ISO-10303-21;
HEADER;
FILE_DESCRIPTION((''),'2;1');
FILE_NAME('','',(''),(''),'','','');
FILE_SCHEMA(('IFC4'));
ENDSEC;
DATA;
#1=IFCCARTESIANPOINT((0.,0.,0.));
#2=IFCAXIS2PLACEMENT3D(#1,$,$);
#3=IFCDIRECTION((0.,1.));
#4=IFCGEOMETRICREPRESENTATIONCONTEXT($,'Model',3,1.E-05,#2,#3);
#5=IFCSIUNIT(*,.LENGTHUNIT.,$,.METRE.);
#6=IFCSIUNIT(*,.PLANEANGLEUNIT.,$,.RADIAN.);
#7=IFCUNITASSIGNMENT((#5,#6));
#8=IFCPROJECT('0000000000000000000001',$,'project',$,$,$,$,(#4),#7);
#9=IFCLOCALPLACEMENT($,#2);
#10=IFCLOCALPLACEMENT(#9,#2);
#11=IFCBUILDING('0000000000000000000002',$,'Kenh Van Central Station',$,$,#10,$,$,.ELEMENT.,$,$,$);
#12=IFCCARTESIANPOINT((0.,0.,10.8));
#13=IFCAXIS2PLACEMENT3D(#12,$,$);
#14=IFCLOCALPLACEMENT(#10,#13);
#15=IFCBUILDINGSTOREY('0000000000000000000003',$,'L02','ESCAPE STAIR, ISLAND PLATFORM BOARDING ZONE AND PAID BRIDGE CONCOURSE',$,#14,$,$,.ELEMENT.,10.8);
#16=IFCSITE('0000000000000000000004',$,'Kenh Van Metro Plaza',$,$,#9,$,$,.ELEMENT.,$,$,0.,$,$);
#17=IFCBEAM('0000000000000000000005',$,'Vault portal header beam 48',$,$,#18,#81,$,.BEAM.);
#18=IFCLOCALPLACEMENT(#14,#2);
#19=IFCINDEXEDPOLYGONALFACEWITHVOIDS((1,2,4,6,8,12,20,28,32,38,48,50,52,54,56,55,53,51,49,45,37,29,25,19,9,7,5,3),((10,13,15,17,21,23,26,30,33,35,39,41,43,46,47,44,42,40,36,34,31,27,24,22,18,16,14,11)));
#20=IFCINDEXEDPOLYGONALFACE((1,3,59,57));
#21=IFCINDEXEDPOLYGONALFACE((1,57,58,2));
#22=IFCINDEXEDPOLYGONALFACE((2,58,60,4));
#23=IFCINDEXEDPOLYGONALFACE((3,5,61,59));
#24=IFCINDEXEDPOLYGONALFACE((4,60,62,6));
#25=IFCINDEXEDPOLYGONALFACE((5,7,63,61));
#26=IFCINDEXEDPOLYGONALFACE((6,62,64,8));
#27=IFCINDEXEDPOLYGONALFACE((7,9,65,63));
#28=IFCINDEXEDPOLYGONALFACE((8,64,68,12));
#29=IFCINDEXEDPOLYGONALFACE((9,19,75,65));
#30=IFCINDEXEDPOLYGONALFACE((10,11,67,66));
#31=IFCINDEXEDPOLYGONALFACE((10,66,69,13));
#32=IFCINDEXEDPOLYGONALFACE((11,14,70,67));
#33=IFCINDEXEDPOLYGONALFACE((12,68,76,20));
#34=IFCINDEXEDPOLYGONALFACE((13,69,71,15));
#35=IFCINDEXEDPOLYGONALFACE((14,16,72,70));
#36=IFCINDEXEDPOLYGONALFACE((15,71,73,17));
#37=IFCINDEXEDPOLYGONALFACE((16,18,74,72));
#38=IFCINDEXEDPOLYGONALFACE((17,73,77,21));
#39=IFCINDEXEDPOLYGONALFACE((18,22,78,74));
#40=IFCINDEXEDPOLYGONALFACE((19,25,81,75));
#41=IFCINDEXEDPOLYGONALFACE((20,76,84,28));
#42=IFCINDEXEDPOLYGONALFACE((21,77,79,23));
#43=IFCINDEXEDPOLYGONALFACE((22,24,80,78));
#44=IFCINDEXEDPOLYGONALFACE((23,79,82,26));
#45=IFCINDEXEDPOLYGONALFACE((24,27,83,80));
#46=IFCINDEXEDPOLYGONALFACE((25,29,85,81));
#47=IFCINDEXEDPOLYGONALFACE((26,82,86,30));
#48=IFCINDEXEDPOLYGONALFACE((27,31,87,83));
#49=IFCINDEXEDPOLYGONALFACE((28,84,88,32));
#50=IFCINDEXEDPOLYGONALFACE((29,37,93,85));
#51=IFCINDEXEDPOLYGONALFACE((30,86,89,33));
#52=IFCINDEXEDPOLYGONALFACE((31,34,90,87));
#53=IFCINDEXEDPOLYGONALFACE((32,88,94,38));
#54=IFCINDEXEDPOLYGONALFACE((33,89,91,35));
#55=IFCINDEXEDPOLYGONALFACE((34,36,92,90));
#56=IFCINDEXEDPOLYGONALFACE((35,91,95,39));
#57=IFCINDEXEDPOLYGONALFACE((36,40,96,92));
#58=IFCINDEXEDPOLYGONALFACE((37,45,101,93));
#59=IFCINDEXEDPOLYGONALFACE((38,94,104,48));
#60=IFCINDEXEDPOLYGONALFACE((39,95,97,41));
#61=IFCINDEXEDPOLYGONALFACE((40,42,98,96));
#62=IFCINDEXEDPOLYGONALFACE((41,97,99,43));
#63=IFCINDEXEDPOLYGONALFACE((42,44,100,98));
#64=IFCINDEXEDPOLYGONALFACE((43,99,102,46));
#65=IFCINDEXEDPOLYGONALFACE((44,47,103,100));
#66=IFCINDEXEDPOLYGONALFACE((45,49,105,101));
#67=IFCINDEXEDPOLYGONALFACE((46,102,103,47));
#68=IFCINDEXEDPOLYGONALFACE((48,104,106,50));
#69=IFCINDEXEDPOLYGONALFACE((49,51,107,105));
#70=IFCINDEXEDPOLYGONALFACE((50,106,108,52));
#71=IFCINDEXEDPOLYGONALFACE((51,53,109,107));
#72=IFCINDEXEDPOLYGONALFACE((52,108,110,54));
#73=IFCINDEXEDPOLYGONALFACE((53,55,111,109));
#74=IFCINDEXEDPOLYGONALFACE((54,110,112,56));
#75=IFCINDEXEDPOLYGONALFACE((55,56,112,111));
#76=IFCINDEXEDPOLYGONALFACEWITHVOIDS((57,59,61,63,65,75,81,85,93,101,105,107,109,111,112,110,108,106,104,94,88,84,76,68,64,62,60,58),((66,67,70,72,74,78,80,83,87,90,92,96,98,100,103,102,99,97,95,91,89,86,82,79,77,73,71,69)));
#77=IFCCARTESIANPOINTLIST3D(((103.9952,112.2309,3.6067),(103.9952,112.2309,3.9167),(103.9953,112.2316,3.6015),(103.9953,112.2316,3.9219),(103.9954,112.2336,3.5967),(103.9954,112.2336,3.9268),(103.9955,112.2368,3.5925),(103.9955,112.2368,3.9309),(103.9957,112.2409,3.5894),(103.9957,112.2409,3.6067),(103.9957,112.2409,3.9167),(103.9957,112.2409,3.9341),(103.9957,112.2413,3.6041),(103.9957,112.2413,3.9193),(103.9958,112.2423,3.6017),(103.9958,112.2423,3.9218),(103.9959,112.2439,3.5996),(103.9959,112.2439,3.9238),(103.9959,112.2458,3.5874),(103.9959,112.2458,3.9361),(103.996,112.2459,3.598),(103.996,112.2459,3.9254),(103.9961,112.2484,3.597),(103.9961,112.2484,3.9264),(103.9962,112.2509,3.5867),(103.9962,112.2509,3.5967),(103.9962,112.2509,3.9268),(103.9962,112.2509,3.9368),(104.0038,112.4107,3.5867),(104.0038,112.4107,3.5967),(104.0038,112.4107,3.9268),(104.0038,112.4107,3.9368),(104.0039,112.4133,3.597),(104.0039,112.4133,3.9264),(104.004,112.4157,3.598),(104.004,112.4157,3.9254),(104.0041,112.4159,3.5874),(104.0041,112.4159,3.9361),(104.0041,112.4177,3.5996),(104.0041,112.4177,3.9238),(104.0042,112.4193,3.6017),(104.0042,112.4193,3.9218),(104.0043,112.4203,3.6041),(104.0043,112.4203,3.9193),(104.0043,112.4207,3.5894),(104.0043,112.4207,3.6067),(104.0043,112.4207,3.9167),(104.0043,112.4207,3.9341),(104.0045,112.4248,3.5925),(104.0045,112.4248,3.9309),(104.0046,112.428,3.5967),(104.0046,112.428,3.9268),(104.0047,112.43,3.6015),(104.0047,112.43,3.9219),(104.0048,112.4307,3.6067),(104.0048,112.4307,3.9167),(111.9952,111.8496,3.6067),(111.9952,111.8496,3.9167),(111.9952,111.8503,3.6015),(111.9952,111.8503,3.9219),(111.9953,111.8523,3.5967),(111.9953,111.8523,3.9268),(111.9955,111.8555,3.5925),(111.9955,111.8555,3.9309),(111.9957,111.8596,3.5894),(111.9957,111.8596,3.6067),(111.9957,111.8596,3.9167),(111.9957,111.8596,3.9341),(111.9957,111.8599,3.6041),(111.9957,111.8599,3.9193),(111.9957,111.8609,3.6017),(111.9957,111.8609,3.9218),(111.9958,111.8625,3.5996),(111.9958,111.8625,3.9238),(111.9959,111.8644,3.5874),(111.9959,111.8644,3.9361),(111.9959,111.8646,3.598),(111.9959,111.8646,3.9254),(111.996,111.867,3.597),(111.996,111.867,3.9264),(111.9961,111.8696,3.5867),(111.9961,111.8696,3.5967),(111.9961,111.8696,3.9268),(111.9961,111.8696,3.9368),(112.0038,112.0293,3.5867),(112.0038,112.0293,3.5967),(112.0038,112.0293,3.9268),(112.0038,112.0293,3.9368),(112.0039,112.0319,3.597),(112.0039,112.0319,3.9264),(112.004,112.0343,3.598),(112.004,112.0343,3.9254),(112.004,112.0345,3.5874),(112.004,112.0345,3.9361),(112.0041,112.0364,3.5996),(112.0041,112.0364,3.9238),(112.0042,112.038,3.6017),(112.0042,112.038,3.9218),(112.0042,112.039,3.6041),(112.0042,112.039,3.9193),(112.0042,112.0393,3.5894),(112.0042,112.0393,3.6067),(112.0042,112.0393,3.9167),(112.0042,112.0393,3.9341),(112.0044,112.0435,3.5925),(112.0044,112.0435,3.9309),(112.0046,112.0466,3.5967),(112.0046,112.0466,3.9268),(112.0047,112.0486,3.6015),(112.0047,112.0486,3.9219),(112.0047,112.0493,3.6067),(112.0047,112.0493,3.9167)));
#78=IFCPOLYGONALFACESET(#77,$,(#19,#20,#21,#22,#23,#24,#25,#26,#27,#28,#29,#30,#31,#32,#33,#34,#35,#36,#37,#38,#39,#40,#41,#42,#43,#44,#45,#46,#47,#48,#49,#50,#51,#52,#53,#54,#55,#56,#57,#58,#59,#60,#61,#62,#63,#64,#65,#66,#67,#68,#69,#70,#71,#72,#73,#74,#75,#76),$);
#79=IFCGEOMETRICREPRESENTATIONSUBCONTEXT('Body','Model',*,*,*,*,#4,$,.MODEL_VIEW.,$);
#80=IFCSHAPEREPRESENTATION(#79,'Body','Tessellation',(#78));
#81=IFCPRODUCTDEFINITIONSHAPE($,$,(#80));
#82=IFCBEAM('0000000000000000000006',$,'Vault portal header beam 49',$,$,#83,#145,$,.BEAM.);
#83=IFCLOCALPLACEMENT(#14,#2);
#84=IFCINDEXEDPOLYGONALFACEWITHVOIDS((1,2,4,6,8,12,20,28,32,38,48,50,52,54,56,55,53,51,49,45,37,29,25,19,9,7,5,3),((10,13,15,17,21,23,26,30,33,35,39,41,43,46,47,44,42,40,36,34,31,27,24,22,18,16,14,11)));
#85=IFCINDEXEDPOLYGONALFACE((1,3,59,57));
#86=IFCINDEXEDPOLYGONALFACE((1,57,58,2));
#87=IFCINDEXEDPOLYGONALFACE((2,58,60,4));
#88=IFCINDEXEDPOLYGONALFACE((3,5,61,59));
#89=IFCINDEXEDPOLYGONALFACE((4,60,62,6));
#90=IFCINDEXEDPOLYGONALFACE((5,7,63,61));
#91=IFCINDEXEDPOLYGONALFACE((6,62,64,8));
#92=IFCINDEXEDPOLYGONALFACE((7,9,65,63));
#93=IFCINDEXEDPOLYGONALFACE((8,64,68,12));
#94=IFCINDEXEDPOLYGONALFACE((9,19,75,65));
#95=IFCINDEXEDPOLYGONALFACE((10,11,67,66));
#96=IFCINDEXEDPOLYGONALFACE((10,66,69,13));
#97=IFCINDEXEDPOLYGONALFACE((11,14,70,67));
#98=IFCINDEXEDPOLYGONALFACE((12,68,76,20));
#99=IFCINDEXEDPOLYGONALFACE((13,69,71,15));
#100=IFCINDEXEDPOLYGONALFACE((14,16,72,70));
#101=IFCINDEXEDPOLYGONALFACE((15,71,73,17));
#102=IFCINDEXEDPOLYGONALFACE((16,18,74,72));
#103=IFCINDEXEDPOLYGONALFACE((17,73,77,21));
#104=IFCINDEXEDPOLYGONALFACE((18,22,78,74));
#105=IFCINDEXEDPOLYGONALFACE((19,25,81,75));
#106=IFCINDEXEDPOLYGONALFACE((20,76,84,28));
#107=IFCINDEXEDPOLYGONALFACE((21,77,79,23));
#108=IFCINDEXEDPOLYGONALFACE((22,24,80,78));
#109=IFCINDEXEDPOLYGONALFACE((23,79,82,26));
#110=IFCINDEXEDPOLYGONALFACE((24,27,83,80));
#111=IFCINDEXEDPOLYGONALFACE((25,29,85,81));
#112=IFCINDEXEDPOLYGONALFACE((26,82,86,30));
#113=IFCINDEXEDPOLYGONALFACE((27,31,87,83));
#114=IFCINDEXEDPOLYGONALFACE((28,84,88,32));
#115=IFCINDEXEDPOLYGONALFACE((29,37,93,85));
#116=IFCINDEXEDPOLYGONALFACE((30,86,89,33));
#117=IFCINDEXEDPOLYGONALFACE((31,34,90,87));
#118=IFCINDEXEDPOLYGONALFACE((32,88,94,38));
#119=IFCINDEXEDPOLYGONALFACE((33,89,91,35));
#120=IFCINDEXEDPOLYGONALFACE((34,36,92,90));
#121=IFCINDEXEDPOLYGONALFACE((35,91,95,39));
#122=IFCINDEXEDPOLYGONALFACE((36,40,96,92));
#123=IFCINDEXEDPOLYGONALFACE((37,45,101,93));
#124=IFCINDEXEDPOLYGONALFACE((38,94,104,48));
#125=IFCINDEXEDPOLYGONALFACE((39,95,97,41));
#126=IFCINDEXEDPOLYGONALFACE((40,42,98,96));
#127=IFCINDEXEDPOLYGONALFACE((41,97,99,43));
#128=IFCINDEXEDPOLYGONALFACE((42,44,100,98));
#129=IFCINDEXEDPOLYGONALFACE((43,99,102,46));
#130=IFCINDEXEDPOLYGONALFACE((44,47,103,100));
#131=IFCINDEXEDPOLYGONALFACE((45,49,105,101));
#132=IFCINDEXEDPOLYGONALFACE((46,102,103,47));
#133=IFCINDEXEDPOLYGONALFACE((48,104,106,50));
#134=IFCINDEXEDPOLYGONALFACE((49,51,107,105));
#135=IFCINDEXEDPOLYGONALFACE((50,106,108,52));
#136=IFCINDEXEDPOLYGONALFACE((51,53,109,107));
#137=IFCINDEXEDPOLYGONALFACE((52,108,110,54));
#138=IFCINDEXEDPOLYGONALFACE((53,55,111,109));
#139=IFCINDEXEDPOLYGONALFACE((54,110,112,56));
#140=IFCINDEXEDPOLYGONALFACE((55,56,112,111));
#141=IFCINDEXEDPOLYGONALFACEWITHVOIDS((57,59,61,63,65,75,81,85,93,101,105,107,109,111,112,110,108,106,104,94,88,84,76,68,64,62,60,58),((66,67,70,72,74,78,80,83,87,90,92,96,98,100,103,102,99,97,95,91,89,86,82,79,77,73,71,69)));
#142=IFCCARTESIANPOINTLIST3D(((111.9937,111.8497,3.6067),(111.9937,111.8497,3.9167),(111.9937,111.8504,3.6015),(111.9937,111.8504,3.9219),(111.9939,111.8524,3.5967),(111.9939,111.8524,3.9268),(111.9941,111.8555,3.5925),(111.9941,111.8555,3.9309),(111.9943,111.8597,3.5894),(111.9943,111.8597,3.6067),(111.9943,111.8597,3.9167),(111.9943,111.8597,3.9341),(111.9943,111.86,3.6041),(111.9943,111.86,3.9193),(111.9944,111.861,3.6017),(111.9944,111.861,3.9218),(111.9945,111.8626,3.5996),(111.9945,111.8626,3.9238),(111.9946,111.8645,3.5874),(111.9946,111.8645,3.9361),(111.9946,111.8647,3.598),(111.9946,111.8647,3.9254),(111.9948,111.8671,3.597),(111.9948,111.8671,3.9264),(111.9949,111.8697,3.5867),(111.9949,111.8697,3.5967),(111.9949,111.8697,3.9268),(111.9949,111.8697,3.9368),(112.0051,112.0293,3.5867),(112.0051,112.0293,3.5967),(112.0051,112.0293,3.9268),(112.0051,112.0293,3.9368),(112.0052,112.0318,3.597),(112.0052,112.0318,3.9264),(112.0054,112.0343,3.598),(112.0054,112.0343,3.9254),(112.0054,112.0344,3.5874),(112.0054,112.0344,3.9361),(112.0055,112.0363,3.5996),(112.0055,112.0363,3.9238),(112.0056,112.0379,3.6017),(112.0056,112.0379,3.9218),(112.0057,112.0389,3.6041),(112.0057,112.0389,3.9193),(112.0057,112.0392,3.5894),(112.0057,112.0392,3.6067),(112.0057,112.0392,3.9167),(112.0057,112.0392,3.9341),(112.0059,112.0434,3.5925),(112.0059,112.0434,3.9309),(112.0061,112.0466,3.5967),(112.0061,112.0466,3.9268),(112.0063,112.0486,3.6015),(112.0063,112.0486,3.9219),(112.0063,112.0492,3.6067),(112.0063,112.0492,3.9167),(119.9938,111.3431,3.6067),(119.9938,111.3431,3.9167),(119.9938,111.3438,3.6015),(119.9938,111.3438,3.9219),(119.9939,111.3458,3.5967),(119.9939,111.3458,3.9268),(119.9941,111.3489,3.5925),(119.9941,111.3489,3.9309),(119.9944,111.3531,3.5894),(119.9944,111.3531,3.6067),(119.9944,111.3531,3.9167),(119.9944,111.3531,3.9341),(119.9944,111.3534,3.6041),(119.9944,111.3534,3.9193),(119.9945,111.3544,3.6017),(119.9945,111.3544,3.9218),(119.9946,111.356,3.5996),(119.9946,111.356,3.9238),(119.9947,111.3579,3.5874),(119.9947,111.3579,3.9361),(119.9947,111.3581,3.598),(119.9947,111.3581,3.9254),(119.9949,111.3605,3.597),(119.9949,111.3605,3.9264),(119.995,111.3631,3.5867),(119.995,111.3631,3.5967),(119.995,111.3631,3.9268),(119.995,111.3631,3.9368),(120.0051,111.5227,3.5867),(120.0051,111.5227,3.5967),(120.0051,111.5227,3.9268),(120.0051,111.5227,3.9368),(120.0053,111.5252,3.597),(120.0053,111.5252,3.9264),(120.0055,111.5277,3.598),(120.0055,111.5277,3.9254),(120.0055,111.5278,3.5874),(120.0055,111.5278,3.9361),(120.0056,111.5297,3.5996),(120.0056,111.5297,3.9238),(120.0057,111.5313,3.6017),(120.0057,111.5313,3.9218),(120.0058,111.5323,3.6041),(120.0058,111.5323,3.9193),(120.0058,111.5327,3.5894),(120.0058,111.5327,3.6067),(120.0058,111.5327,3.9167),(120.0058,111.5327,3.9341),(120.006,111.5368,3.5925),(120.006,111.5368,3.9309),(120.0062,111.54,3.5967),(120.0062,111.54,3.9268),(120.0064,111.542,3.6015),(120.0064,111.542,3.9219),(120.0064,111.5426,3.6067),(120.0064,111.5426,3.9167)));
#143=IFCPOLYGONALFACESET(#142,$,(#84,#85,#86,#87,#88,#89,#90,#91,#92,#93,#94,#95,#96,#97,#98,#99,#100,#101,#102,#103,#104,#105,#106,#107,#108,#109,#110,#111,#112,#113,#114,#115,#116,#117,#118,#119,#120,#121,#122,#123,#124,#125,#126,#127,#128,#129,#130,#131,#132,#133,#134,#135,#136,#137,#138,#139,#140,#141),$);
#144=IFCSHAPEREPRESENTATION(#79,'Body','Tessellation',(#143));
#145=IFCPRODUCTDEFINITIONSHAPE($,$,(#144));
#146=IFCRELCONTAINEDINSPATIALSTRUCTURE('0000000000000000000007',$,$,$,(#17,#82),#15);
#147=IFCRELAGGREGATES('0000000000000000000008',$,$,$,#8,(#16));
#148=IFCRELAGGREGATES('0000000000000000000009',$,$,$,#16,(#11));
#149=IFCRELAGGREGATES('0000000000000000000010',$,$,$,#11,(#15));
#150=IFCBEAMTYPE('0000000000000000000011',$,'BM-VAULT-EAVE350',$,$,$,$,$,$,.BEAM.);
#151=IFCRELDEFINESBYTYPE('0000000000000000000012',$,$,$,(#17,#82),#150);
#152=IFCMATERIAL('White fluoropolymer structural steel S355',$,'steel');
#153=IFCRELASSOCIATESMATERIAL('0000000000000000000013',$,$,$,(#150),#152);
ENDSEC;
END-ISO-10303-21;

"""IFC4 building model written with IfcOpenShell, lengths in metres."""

from ifc_helpers import new_model, si_unit, direction, frame, origin, origin_2d, place, context, subcontext, project, spatial, hollow_rectangle, extrude, material, material_profile, profile_set, type_object, element, save


model = new_model("IFC4")

# Units and contexts
model_context = context("Model", 3, precision=1e-05, world=origin(), true_north=direction((0.0, 1.0)))
body_context = subcontext(model_context, "Body", "Model", "MODEL_VIEW")
ifc_project = project(units=[si_unit("LENGTHUNIT", "METRE"), si_unit("PLANEANGLEUNIT", "RADIAN")], contexts=[model_context])

# Site, building, storey
site_placement = place(None, origin())
site = spatial("IfcSite", under=ifc_project, at=site_placement, Name="Kenh Van Metro Plaza", CompositionType="ELEMENT", RefElevation=0.0)
building_placement = place(site_placement, origin())
building = spatial("IfcBuilding", under=site, at=building_placement, Name="Kenh Van Central Station", CompositionType="ELEMENT")
storey_placement = place(building_placement, frame((0.0, 0.0, 10.8)))
storey = spatial("IfcBuildingStorey", under=building, at=storey_placement, Name="L02", Description="ESCAPE STAIR, ISLAND PLATFORM BOARDING ZONE AND PAID BRIDGE CONCOURSE", CompositionType="ELEMENT", Elevation=10.8)

# Beams
ifc_material_1 = material(Name="White fluoropolymer structural steel S355", Category="steel")
ifc_material_profile_1 = material_profile(ifc_material_1, hollow_rectangle(XDim=0.2, YDim=0.3501, WallThickness=0.01, InnerFilletRadius=0.01, OuterFilletRadius=0.02, at=origin_2d()), Name="RHS 350x200x10")
ifc_profile_set_1 = profile_set([ifc_material_profile_1], Name="White fluoropolymer structural steel S355")
beam_type_1 = type_object("IfcBeamType", Name="BM-VAULT-EAVE350", PredefinedType="BEAM", material=ifc_profile_set_1)
beam_1_placement = place(storey_placement, frame((104.0, 112.3308, 3.7617), z_axis=(0.998866, -0.047614, 0.0), x_axis=(0.047614, 0.998866, 0.0)))
element("IfcBeam", 1, at=beam_1_placement, inside=storey, type_object=beam_type_1, Name="Vault portal header beam 48", PredefinedType="BEAM", context=body_context, shape_type="SweptSolid", body=[
    extrude(hollow_rectangle(XDim=0.2, YDim=0.3501, WallThickness=0.01, InnerFilletRadius=0.01, OuterFilletRadius=0.02, at=origin_2d()), origin(), (0.0, 0.0, 1.0), 8.009),
])
beam_2_placement = place(storey_placement, frame((112.0, 111.9495, 3.7617), z_axis=(0.998001, -0.063197, 0.0), x_axis=(0.063197, 0.998001, 0.0)))
element("IfcBeam", 2, at=beam_2_placement, inside=storey, type_object=beam_type_1, Name="Vault portal header beam 49", PredefinedType="BEAM", context=body_context, shape_type="SweptSolid", body=[
    extrude(hollow_rectangle(XDim=0.2, YDim=0.3501, WallThickness=0.01, InnerFilletRadius=0.01, OuterFilletRadius=0.02, at=origin_2d()), origin(), (0.0, 0.0, 1.0), 8.0161),
])

save(model, "model.ifc")
